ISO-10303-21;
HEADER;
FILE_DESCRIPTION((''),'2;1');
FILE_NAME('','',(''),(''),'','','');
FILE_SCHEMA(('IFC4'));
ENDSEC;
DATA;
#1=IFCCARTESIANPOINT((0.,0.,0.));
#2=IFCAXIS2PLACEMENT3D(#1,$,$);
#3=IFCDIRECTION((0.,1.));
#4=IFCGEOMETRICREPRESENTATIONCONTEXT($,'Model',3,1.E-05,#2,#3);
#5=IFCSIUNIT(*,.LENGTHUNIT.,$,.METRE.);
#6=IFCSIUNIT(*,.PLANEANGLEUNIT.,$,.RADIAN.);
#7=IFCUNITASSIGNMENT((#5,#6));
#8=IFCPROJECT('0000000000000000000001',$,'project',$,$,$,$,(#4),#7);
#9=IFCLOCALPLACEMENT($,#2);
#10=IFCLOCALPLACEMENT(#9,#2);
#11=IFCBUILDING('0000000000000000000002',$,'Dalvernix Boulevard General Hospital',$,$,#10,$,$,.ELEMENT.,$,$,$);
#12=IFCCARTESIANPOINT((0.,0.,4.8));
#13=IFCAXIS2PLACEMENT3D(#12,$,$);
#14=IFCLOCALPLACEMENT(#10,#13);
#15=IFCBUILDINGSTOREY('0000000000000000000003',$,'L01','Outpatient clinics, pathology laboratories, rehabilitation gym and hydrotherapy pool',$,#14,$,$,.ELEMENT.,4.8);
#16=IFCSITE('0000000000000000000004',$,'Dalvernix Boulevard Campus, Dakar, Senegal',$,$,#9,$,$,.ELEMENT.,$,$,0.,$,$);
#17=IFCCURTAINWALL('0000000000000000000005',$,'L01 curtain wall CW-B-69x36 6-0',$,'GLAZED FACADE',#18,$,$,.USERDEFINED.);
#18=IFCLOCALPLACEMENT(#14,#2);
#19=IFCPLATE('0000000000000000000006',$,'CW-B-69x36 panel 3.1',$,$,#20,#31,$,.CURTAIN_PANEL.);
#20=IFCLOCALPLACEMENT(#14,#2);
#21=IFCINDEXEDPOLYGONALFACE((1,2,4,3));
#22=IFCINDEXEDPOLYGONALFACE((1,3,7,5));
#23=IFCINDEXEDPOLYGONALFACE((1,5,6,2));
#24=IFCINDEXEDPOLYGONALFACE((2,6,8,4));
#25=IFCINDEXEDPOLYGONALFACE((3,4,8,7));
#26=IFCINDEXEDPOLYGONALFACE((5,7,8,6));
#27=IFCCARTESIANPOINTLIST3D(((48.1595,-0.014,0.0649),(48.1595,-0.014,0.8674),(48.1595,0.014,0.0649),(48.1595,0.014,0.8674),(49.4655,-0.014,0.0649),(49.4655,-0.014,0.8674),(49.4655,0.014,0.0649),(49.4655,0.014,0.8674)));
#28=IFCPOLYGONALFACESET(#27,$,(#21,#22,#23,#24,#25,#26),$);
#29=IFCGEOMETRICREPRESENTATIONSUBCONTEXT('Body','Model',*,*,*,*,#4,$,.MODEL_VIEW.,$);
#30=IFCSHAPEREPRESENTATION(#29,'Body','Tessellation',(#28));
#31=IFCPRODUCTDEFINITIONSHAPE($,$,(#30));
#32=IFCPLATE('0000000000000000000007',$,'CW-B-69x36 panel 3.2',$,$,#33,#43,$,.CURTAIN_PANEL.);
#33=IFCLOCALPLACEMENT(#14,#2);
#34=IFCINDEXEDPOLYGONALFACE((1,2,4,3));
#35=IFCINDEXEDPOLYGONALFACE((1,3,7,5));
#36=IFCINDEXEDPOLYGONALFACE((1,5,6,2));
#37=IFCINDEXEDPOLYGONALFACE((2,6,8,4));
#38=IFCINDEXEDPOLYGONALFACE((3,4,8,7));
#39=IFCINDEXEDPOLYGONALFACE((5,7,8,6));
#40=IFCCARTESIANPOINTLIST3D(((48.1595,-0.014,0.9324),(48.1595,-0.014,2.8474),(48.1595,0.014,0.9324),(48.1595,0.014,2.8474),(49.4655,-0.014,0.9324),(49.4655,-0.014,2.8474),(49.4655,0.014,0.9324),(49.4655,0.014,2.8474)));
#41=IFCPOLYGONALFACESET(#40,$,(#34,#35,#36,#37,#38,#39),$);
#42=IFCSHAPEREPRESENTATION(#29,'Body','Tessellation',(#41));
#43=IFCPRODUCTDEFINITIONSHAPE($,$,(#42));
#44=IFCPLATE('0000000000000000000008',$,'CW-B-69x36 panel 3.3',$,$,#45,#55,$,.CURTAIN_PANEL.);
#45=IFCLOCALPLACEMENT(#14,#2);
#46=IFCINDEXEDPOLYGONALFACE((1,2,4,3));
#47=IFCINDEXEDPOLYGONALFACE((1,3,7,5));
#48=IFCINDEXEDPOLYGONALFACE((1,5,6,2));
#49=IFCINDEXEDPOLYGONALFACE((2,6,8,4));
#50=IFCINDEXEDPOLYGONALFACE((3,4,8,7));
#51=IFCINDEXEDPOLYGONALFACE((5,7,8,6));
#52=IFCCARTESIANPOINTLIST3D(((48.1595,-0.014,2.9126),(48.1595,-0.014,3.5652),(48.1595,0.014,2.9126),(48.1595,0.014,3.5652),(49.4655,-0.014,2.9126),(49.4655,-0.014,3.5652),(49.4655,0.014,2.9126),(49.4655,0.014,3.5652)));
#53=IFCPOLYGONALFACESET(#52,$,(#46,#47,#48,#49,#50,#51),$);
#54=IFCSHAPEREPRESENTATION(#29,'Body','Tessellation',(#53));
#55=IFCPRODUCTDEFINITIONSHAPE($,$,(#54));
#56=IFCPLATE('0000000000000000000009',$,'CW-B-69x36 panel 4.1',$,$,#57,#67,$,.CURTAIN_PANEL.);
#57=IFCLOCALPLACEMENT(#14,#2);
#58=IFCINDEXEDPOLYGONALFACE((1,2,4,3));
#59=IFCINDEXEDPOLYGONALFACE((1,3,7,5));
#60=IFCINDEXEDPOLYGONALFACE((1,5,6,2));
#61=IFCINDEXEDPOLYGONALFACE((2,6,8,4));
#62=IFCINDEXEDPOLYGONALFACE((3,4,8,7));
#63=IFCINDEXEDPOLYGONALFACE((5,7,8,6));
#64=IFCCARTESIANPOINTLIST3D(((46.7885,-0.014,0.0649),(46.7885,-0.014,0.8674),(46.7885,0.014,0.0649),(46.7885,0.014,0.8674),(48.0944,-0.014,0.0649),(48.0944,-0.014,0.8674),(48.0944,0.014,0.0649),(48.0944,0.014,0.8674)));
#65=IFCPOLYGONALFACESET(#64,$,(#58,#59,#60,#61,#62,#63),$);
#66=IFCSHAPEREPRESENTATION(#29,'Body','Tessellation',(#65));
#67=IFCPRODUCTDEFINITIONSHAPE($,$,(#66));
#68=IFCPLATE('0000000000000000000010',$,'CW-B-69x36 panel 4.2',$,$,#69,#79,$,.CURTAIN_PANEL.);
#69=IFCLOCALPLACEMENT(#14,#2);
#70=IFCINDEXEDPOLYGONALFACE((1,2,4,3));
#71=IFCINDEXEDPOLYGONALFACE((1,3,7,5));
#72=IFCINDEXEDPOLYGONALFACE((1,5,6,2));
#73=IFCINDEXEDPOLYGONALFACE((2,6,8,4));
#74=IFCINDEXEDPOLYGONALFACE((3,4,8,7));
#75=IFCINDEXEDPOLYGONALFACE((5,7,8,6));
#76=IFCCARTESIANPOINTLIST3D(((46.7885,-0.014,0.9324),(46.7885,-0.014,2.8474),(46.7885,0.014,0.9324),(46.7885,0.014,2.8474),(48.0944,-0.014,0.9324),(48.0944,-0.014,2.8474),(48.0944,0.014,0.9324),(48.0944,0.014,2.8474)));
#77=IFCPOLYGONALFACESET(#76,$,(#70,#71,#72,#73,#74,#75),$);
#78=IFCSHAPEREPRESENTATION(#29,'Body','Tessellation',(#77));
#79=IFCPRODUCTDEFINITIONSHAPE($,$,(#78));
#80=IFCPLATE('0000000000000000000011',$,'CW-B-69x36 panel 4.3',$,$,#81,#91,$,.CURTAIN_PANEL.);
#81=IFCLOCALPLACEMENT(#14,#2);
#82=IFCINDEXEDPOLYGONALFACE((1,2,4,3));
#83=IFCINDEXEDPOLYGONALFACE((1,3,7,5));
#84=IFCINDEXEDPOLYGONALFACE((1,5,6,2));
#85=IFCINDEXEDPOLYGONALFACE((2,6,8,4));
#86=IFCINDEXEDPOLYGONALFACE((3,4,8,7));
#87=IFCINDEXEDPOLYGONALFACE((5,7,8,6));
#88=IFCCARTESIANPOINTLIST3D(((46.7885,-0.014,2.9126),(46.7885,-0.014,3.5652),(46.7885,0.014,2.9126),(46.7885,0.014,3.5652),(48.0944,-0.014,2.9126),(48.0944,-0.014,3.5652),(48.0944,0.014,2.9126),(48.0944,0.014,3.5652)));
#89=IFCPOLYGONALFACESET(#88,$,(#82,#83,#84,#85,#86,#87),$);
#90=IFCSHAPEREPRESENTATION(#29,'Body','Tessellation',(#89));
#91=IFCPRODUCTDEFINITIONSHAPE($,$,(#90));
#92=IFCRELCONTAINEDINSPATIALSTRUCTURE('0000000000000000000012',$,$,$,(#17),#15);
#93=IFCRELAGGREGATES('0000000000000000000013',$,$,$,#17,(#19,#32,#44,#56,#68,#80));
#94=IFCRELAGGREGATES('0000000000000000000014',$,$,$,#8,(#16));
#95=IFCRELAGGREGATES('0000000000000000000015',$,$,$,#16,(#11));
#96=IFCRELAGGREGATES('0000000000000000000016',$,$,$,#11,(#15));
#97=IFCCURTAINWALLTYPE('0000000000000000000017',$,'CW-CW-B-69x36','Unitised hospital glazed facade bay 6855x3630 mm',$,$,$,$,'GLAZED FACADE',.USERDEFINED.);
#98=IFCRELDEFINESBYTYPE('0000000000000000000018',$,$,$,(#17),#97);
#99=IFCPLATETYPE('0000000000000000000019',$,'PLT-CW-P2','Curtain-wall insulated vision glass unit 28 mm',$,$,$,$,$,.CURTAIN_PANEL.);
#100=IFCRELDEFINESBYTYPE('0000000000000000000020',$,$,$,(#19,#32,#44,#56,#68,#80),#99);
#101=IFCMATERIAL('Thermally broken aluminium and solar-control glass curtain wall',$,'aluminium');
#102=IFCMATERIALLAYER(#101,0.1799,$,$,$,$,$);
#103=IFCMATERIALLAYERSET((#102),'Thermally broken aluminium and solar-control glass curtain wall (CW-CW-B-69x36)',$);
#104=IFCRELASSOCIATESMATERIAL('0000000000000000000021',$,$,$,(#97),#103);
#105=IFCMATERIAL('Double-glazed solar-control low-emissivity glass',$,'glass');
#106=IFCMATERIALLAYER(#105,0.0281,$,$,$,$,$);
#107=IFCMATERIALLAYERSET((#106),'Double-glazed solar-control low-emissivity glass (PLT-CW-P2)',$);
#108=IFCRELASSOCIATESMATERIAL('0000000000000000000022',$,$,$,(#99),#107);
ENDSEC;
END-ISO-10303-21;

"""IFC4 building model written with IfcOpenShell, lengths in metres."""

from ifc_helpers import new_model, si_unit, direction, frame, origin, origin_2d, place, context, subcontext, project, spatial, rectangle, extrude, material, layer, layer_set, type_object, element, aggregate, save


model = new_model("IFC4")

# Units and contexts
model_context = context("Model", 3, precision=1e-05, world=origin(), true_north=direction((0.0, 1.0)))
body_context = subcontext(model_context, "Body", "Model", "MODEL_VIEW")
ifc_project = project(units=[si_unit("LENGTHUNIT", "METRE"), si_unit("PLANEANGLEUNIT", "RADIAN")], contexts=[model_context])

# Site, building, storey
site_placement = place(None, origin())
site = spatial("IfcSite", under=ifc_project, at=site_placement, Name="Dalvernix Boulevard Campus, Dakar, Senegal", CompositionType="ELEMENT", RefElevation=0.0)
building_placement = place(site_placement, origin())
building = spatial("IfcBuilding", under=site, at=building_placement, Name="Dalvernix Boulevard General Hospital", CompositionType="ELEMENT")
storey_placement = place(building_placement, frame((0.0, 0.0, 4.8)))
storey = spatial("IfcBuildingStorey", under=building, at=storey_placement, Name="L01", Description="Outpatient clinics, pathology laboratories, rehabilitation gym and hydrotherapy pool", CompositionType="ELEMENT", Elevation=4.8)

# Curtain wall, plates
ifc_material_1 = material(Name="Thermally broken aluminium and solar-control glass curtain wall", Category="aluminium")
ifc_layer_1 = layer(ifc_material_1, 0.1799)
ifc_layer_set_1 = layer_set([ifc_layer_1], Name="Thermally broken aluminium and solar-control glass curtain wall (CW-CW-B-69x36)")
curtain_wall_type = type_object("IfcCurtainWallType", Name="CW-CW-B-69x36", Description="Unitised hospital glazed facade bay 6855x3630 mm", ElementType="GLAZED FACADE", PredefinedType="USERDEFINED", material=ifc_layer_set_1)
curtain_wall_placement = place(storey_placement, origin())
curtain_wall = element("IfcCurtainWall", 1, at=curtain_wall_placement, inside=storey, type_object=curtain_wall_type, Name="L01 curtain wall CW-B-69x36 6-0", ObjectType="GLAZED FACADE", PredefinedType="USERDEFINED")
ifc_material_2 = material(Name="Double-glazed solar-control low-emissivity glass", Category="glass")
ifc_layer_2 = layer(ifc_material_2, 0.0281)
ifc_layer_set_2 = layer_set([ifc_layer_2], Name="Double-glazed solar-control low-emissivity glass (PLT-CW-P2)")
plate_type = type_object("IfcPlateType", Name="PLT-CW-P2", Description="Curtain-wall insulated vision glass unit 28 mm", PredefinedType="CURTAIN_PANEL", material=ifc_layer_set_2)
plate_1_placement = place(storey_placement, frame((48.8125, 0.0, 0.0649), z_axis=(0.0, 0.0, 1.0), x_axis=(-1.0, 0.0, 0.0)))
plate_1 = element("IfcPlate", 2, at=plate_1_placement, type_object=plate_type, Name="CW-B-69x36 panel 3.1", PredefinedType="CURTAIN_PANEL", context=body_context, shape_type="SweptSolid", body=[
    extrude(rectangle(XDim=1.3059, YDim=0.0281, at=origin_2d()), origin(), (0.0, 0.0, 1.0), 0.8025),
])
plate_2_placement = place(storey_placement, frame((48.8125, 0.0, 0.9324), z_axis=(0.0, 0.0, 1.0), x_axis=(-1.0, 0.0, 0.0)))
plate_2 = element("IfcPlate", 3, at=plate_2_placement, type_object=plate_type, Name="CW-B-69x36 panel 3.2", PredefinedType="CURTAIN_PANEL", context=body_context, shape_type="SweptSolid", body=[
    extrude(rectangle(XDim=1.3059, YDim=0.0281, at=origin_2d()), origin(), (0.0, 0.0, 1.0), 1.915),
])
plate_3_placement = place(storey_placement, frame((48.8125, 0.0, 2.9126), z_axis=(0.0, 0.0, 1.0), x_axis=(-1.0, 0.0, 0.0)))
plate_3 = element("IfcPlate", 4, at=plate_3_placement, type_object=plate_type, Name="CW-B-69x36 panel 3.3", PredefinedType="CURTAIN_PANEL", context=body_context, shape_type="SweptSolid", body=[
    extrude(rectangle(XDim=1.3059, YDim=0.0281, at=origin_2d()), origin(), (0.0, 0.0, 1.0), 0.6526),
])
plate_4_placement = place(storey_placement, frame((47.4414, 0.0, 0.0649), z_axis=(0.0, 0.0, 1.0), x_axis=(-1.0, 0.0, 0.0)))
plate_4 = element("IfcPlate", 5, at=plate_4_placement, type_object=plate_type, Name="CW-B-69x36 panel 4.1", PredefinedType="CURTAIN_PANEL", context=body_context, shape_type="SweptSolid", body=[
    extrude(rectangle(XDim=1.3059, YDim=0.0281, at=origin_2d()), origin(), (0.0, 0.0, 1.0), 0.8025),
])
plate_5_placement = place(storey_placement, frame((47.4414, 0.0, 0.9324), z_axis=(0.0, 0.0, 1.0), x_axis=(-1.0, 0.0, 0.0)))
plate_5 = element("IfcPlate", 6, at=plate_5_placement, type_object=plate_type, Name="CW-B-69x36 panel 4.2", PredefinedType="CURTAIN_PANEL", context=body_context, shape_type="SweptSolid", body=[
    extrude(rectangle(XDim=1.3059, YDim=0.0281, at=origin_2d()), origin(), (0.0, 0.0, 1.0), 1.915),
])
plate_6_placement = place(storey_placement, frame((47.4414, 0.0, 2.9126), z_axis=(0.0, 0.0, 1.0), x_axis=(-1.0, 0.0, 0.0)))
plate_6 = element("IfcPlate", 7, at=plate_6_placement, type_object=plate_type, Name="CW-B-69x36 panel 4.3", PredefinedType="CURTAIN_PANEL", context=body_context, shape_type="SweptSolid", body=[
    extrude(rectangle(XDim=1.3059, YDim=0.0281, at=origin_2d()), origin(), (0.0, 0.0, 1.0), 0.6526),
])
aggregate(curtain_wall, [plate_1, plate_2, plate_3, plate_4, plate_5, plate_6])

save(model, "model.ifc")
